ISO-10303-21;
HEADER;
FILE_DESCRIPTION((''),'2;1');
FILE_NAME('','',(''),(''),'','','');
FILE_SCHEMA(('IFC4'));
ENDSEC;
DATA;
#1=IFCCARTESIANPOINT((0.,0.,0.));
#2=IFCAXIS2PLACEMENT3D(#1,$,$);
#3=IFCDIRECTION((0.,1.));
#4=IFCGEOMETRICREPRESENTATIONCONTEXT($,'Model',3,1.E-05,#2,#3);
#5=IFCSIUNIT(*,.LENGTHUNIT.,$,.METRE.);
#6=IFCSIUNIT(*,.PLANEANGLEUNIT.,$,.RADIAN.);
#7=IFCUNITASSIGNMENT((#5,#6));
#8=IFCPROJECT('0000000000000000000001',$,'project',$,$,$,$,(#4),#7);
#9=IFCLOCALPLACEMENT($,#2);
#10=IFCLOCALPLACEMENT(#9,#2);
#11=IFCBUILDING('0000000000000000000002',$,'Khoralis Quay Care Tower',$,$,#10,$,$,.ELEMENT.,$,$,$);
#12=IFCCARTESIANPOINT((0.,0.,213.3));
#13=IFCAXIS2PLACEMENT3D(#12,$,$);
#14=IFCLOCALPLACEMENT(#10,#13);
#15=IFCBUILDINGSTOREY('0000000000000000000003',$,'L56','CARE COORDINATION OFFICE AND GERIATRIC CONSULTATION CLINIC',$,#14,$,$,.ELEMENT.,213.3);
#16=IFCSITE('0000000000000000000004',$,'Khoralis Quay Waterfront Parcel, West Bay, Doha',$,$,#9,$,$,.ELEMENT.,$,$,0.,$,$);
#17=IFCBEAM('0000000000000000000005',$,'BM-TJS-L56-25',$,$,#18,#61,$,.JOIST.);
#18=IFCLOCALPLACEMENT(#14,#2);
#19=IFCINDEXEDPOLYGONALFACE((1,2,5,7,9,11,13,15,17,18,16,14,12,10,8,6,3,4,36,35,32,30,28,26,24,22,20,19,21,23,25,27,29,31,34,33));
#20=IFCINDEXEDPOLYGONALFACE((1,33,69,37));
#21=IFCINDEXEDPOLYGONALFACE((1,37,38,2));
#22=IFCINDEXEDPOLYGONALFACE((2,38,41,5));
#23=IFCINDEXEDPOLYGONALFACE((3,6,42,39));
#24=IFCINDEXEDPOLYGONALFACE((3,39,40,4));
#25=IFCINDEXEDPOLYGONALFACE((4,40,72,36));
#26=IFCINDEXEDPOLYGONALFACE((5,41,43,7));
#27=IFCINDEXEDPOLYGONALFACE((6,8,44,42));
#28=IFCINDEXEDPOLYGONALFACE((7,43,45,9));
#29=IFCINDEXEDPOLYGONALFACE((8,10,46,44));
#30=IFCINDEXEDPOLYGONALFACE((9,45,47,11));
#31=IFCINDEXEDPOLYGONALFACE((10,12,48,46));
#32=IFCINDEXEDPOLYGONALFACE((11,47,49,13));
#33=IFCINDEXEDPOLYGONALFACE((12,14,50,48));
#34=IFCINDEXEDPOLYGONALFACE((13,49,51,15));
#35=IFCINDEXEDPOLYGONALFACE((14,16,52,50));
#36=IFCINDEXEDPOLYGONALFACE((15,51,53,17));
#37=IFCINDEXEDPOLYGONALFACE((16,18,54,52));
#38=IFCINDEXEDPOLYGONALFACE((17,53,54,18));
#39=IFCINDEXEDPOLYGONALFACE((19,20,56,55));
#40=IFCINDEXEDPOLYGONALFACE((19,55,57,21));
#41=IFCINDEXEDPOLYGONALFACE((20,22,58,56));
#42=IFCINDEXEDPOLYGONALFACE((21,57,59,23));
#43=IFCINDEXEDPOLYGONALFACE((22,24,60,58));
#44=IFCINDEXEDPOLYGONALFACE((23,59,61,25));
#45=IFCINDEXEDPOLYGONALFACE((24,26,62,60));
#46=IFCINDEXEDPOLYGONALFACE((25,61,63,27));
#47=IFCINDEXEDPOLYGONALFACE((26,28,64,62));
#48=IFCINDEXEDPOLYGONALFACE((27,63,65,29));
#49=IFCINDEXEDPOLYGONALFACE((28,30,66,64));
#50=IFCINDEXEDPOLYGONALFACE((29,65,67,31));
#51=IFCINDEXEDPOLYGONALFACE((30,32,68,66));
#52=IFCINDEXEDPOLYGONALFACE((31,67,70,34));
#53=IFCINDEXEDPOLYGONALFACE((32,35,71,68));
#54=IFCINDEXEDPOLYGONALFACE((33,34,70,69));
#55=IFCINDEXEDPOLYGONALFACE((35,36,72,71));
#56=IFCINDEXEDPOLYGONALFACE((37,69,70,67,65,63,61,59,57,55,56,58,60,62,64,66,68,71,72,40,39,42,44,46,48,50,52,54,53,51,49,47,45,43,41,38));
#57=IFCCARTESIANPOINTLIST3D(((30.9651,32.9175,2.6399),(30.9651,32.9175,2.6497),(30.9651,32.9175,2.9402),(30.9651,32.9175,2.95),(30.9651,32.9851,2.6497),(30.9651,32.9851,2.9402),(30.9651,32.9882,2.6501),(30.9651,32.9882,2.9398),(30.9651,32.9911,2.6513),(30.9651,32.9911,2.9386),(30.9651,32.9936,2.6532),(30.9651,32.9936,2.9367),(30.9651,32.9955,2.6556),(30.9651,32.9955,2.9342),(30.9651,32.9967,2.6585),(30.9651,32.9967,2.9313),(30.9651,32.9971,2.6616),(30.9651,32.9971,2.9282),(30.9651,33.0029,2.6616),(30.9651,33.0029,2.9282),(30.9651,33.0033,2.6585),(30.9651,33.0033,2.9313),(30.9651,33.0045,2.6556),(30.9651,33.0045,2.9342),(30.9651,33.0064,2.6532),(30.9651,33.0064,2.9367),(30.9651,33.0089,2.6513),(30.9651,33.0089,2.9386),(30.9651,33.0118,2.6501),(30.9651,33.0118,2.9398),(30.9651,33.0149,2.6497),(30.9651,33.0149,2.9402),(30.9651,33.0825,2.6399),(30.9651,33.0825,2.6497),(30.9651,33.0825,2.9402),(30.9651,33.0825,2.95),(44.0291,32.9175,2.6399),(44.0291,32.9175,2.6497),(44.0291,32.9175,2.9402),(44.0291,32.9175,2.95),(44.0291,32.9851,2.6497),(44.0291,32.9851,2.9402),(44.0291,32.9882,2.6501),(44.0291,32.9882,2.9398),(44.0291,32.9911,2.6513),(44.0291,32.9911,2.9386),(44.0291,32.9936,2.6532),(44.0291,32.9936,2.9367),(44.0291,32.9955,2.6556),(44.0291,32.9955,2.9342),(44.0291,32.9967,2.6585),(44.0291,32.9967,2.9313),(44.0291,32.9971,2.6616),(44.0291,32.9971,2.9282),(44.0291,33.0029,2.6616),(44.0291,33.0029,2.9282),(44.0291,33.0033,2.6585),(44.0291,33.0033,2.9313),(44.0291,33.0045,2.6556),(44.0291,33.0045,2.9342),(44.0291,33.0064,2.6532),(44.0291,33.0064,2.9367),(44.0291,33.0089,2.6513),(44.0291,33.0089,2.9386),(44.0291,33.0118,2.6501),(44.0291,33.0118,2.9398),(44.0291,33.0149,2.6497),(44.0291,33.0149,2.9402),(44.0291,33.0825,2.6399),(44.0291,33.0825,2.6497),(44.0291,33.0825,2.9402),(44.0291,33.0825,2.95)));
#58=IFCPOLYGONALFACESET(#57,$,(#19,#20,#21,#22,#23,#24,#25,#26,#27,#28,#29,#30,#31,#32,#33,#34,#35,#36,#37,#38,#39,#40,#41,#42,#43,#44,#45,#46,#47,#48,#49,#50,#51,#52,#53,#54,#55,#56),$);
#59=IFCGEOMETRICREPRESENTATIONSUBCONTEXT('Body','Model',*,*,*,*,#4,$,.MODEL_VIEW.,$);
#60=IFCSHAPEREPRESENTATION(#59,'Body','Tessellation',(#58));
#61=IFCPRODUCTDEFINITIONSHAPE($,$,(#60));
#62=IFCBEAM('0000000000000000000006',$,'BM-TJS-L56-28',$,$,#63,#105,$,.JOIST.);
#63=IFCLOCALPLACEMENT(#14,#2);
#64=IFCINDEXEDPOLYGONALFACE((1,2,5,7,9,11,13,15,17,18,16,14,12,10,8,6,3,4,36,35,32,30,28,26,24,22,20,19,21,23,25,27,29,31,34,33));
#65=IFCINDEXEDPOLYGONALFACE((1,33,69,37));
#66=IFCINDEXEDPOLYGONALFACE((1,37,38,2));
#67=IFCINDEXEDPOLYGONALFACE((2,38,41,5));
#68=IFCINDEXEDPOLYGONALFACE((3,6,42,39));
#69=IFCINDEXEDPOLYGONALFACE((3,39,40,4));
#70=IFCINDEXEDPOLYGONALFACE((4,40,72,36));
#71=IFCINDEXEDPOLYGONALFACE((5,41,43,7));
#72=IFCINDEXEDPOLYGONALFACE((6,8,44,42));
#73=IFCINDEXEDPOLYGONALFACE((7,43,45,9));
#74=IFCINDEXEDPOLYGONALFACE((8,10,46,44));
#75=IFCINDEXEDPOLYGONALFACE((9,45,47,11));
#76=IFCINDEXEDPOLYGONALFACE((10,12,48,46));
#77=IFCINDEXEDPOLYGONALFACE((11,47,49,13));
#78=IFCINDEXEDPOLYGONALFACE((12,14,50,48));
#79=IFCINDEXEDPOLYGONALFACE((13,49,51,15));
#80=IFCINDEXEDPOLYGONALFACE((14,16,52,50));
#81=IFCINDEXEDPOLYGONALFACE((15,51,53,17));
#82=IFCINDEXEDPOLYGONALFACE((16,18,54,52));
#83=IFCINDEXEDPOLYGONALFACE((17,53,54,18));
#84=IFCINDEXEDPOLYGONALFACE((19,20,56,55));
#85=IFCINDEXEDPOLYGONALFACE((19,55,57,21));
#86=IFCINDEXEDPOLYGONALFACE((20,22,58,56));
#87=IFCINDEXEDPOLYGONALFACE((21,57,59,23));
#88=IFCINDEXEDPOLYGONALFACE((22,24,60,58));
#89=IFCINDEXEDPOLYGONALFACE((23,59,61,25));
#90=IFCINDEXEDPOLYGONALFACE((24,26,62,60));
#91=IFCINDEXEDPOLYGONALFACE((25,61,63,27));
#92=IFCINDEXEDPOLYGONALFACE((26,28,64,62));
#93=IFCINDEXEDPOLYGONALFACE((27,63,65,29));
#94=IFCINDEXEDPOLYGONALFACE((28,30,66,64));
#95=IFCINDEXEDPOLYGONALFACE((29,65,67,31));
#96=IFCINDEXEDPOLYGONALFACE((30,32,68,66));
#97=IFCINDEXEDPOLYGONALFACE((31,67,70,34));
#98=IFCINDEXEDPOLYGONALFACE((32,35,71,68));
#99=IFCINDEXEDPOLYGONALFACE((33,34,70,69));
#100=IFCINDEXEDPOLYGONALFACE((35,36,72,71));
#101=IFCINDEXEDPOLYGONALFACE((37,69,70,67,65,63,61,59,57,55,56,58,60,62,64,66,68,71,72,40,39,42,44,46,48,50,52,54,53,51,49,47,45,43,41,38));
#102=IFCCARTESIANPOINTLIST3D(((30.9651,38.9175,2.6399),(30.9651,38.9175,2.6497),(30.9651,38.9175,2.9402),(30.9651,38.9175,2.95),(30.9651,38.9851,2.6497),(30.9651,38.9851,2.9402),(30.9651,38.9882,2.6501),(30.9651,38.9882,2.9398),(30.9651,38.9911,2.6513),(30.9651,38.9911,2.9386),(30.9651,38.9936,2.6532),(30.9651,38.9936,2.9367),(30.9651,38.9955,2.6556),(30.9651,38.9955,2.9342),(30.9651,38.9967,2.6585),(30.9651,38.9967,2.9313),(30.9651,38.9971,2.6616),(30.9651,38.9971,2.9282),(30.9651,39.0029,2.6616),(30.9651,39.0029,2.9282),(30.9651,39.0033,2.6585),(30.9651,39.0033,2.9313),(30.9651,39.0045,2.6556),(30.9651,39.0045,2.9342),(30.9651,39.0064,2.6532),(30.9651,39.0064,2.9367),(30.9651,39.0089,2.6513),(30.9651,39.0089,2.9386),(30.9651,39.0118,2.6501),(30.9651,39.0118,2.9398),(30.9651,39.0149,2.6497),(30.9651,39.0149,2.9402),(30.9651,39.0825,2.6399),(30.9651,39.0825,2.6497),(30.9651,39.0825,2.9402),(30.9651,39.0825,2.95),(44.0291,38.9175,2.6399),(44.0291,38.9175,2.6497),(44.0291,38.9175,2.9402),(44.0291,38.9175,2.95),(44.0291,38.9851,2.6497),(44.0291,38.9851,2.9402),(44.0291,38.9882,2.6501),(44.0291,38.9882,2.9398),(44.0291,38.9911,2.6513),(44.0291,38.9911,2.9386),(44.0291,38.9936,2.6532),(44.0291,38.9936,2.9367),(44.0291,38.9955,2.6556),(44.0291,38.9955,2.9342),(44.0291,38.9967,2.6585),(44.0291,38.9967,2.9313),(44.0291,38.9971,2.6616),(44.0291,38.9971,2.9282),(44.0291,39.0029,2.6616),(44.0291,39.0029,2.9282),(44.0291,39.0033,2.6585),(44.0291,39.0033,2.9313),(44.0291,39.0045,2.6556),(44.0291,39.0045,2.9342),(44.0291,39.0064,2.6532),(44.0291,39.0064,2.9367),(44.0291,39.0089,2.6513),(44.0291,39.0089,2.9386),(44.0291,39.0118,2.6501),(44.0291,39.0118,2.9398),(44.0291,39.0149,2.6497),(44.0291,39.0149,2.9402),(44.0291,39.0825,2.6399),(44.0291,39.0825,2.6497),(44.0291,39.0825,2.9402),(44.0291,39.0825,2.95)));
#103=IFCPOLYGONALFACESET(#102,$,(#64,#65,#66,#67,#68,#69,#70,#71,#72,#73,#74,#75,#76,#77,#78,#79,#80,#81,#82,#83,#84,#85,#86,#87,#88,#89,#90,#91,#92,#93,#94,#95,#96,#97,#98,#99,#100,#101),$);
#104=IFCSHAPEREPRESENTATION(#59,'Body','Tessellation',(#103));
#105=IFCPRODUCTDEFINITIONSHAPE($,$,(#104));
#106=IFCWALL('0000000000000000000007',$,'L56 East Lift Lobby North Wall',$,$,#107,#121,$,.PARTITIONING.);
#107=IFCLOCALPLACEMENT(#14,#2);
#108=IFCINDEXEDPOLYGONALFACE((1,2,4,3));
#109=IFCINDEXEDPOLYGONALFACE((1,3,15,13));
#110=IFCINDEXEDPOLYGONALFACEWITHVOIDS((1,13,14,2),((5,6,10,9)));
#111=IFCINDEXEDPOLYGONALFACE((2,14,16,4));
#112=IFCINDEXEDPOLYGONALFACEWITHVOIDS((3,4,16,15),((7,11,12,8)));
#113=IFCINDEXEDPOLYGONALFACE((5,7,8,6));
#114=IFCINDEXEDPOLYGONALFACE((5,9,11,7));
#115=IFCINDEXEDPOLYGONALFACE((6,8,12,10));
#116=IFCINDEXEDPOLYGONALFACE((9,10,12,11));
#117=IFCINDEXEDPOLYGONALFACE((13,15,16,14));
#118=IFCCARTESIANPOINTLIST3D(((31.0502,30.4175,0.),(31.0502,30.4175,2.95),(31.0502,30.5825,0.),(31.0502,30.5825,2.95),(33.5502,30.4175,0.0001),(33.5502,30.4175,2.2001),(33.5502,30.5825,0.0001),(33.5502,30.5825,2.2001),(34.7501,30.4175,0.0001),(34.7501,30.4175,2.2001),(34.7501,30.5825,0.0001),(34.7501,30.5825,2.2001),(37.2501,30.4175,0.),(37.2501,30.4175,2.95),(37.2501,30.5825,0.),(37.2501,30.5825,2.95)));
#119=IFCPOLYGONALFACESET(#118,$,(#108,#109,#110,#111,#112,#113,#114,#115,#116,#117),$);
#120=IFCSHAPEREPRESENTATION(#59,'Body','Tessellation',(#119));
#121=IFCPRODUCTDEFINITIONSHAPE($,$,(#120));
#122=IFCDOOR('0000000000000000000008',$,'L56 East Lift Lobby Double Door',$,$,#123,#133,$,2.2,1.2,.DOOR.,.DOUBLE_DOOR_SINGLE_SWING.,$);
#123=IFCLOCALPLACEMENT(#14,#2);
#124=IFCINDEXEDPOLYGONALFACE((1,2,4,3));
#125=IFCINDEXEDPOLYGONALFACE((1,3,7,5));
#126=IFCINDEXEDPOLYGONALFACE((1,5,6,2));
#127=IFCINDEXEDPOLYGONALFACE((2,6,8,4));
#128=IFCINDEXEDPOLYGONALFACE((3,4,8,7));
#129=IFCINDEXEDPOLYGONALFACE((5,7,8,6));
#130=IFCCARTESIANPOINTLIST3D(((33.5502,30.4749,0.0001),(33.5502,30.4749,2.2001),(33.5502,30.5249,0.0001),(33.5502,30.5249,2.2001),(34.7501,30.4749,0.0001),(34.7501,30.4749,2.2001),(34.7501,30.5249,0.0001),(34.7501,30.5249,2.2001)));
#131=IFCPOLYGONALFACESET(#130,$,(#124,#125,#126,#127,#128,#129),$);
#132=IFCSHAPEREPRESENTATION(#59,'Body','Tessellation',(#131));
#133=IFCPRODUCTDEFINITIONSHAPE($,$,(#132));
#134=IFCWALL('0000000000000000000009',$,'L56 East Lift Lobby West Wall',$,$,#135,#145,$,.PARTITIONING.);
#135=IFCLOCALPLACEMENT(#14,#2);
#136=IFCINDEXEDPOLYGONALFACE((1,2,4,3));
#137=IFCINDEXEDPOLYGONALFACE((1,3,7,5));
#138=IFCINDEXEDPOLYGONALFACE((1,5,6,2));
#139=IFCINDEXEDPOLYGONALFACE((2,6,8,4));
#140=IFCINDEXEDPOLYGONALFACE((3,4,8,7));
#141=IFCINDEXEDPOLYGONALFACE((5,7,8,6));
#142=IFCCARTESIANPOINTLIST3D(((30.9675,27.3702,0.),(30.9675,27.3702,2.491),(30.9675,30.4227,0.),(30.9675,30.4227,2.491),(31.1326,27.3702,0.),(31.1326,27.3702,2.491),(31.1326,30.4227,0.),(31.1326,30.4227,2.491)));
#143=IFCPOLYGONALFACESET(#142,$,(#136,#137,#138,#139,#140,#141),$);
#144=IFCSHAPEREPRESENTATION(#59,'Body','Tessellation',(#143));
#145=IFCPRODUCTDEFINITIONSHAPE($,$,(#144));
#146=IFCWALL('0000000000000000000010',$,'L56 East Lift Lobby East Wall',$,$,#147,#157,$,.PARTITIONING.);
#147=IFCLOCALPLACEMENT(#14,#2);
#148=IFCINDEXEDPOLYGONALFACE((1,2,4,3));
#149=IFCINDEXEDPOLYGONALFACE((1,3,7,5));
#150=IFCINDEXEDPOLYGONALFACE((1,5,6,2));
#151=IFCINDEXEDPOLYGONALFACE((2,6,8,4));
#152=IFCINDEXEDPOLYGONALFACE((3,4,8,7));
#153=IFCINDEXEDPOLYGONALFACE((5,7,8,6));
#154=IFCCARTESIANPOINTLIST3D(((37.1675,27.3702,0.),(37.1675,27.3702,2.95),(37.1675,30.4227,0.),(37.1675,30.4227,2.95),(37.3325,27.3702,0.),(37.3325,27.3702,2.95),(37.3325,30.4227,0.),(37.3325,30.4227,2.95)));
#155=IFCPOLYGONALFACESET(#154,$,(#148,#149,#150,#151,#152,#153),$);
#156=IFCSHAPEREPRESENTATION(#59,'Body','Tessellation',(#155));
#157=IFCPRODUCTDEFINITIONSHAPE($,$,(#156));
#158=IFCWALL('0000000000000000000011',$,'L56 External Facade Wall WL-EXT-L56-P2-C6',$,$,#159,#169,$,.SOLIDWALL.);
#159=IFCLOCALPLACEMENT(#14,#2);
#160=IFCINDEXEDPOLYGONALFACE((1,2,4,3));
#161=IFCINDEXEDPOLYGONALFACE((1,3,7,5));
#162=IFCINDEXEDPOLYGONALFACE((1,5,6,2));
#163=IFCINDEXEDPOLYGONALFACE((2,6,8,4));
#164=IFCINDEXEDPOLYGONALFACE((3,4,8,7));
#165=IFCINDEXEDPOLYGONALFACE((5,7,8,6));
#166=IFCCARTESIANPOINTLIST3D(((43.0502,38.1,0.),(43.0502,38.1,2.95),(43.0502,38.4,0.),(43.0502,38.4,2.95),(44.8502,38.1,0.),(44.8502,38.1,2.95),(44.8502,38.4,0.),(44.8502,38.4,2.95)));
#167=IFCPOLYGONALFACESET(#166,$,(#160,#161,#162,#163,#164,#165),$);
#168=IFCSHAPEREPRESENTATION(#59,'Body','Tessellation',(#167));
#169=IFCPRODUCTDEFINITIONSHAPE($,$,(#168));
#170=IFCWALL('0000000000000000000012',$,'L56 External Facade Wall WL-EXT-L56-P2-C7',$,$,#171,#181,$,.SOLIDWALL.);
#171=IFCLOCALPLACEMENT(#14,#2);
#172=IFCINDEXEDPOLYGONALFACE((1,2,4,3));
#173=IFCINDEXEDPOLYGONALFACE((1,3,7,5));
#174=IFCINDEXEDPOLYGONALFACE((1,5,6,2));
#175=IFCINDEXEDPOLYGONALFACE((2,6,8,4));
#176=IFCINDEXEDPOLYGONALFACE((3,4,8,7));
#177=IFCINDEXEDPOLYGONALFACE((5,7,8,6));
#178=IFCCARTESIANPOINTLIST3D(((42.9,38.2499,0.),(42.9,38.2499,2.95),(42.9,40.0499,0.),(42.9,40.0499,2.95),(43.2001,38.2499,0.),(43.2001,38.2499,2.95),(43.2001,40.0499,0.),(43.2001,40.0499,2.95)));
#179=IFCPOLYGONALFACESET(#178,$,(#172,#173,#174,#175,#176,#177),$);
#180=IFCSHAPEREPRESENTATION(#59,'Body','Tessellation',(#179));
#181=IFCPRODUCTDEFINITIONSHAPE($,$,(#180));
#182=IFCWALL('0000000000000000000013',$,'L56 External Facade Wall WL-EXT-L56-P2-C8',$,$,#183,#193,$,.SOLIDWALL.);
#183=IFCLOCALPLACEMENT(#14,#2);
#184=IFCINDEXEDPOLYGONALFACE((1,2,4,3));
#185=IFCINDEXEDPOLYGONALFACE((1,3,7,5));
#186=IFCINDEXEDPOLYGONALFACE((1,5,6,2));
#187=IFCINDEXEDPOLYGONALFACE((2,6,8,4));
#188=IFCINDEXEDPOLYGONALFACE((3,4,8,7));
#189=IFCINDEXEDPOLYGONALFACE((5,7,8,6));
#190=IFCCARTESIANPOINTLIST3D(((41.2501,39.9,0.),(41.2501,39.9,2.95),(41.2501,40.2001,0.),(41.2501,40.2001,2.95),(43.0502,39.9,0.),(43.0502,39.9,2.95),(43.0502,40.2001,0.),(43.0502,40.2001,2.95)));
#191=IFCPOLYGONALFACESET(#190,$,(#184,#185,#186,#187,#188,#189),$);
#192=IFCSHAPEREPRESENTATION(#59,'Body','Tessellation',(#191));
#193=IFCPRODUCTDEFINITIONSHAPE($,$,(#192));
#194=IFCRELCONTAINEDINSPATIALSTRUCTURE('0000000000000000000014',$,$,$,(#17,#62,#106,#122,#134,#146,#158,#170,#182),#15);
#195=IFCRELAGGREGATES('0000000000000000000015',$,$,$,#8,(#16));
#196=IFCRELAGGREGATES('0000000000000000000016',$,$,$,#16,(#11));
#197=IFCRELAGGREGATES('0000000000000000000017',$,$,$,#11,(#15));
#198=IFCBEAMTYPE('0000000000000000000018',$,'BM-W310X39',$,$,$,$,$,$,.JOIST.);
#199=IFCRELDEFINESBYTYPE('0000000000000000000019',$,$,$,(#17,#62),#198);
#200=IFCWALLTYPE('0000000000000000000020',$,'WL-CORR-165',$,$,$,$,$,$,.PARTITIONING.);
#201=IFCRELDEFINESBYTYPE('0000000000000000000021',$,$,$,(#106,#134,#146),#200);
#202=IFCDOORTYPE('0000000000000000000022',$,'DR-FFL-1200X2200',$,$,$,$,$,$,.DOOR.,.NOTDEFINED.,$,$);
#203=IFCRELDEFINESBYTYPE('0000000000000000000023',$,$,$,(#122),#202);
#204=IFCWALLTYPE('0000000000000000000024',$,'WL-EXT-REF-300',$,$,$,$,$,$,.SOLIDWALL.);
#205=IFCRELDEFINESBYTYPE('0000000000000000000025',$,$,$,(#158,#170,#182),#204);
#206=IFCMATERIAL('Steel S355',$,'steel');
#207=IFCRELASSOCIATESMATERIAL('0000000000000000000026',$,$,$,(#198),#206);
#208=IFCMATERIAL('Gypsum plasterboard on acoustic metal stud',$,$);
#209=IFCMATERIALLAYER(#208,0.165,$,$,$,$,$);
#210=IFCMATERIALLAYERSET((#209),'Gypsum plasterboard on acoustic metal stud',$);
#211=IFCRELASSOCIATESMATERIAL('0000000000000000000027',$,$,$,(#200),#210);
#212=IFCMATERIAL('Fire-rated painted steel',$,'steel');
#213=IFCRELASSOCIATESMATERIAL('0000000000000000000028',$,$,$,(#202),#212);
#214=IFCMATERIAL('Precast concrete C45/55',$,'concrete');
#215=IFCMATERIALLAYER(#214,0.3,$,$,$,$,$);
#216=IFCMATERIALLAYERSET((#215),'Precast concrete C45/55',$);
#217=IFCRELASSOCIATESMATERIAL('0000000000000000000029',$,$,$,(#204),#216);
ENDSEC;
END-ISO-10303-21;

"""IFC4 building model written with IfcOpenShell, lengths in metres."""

from ifc_helpers import new_model, si_unit, direction, frame, frame_2d, origin, origin_2d, place, context, subcontext, project, spatial, rectangle, i_section, extrude, source, transform, mapped, material, layer, layer_set, material_profile, profile_set, type_object, element, fill, save


model = new_model("IFC4")

# Units and contexts
model_context = context("Model", 3, precision=1e-05, world=origin(), true_north=direction((0.0, 1.0)))
body_context = subcontext(model_context, "Body", "Model", "MODEL_VIEW")
ifc_project = project(units=[si_unit("LENGTHUNIT", "METRE"), si_unit("PLANEANGLEUNIT", "RADIAN")], contexts=[model_context])

# Site, building, storey
site_placement = place(None, origin())
site = spatial("IfcSite", under=ifc_project, at=site_placement, Name="Khoralis Quay Waterfront Parcel, West Bay, Doha", CompositionType="ELEMENT", RefElevation=0.0)
building_placement = place(site_placement, origin())
building = spatial("IfcBuilding", under=site, at=building_placement, Name="Khoralis Quay Care Tower", CompositionType="ELEMENT")
storey_placement = place(building_placement, frame((0.0, 0.0, 213.3)))
storey = spatial("IfcBuildingStorey", under=building, at=storey_placement, Name="L56", Description="CARE COORDINATION OFFICE AND GERIATRIC CONSULTATION CLINIC", CompositionType="ELEMENT", Elevation=213.3)

# Beams
ifc_material_1 = material(Name="Steel S355", Category="steel")
ifc_material_profile_1 = material_profile(ifc_material_1, i_section(OverallWidth=0.165, OverallDepth=0.3101, WebThickness=0.0059, FlangeThickness=0.0098, FilletRadius=0.012, at=origin_2d()), Name="Steel S355")
ifc_profile_set_1 = profile_set([ifc_material_profile_1], Name="Steel S355")
beam_type_1 = type_object("IfcBeamType", Name="BM-W310X39", PredefinedType="JOIST", material=ifc_profile_set_1)
shared_shape_1 = source(origin(), body_context, "Body", "SweptSolid", [
    extrude(i_section(OverallWidth=0.165, OverallDepth=0.3101, WebThickness=0.0059, FlangeThickness=0.0098, FilletRadius=0.012, at=origin_2d()), origin(), (0.0, 0.0, 1.0), 13.064),
])
for number, where, z_axis, x_axis, name in (
    (1, (30.9651, 33.0, 2.7949), (1.0, 0.0, 0.0), (0.0, 1.0, 0.0), "BM-TJS-L56-25"),
    (2, (30.9651, 39.0, 2.7949), (1.0, 0.0, 0.0), (0.0, 1.0, 0.0), "BM-TJS-L56-28"),
):
    element("IfcBeam", number, at=place(storey_placement, frame(where, z_axis=z_axis, x_axis=x_axis)), inside=storey, type_object=beam_type_1, Name=name, PredefinedType="JOIST", context=body_context, shape_type="MappedRepresentation", body=[
        mapped(shared_shape_1, transform((0.0, 0.0, 0.0), scale=1.0)),
    ])

# Wall, opening, door
ifc_material_2 = material(Name="Gypsum plasterboard on acoustic metal stud")
ifc_layer_1 = layer(ifc_material_2, 0.165)
ifc_layer_set_1 = layer_set([ifc_layer_1], Name="Gypsum plasterboard on acoustic metal stud")
wall_type_1 = type_object("IfcWallType", Name="WL-CORR-165", PredefinedType="PARTITIONING", material=ifc_layer_set_1)
wall_1_placement = place(storey_placement, frame((31.05, 30.5, 0.0), z_axis=(0.0, 0.0, 1.0), x_axis=(1.0, 0.0, 0.0)))
wall_1 = element("IfcWall", 3, at=wall_1_placement, inside=storey, type_object=wall_type_1, Name="L56 East Lift Lobby North Wall", PredefinedType="PARTITIONING", context=body_context, shape_type="SweptSolid", body=[
    extrude(rectangle(XDim=6.2, YDim=0.165, at=frame_2d((3.1001, 0.0))), origin(), (0.0, 0.0, 1.0), 2.95),
])
opening_1_placement = place(wall_1_placement, frame((2.5, 0.0, 0.0)))
opening_1 = element("IfcOpeningElement", 4, at=opening_1_placement, cuts=wall_1, PredefinedType="OPENING", context=body_context, shape_type="SweptSolid", body=[
    extrude(rectangle(XDim=1.2, YDim=2.2, at=frame_2d((0.6001, 1.1001))), frame((0.0, 0.0925, 0.0), z_axis=(0.0, -1.0, 0.0), x_axis=(1.0, 0.0, 0.0)), (0.0, 0.0, 1.0), 0.1851),
])
ifc_material_3 = material(Name="Fire-rated painted steel", Category="steel")
door_type = type_object("IfcDoorType", Name="DR-FFL-1200X2200", OperationType="NOTDEFINED", PredefinedType="DOOR", material=ifc_material_3)
shared_shape_2 = source(origin(), body_context, "Body", "SweptSolid", [
    extrude(rectangle(XDim=1.2, YDim=2.2, at=frame_2d((0.6001, 1.1001))), frame((0.0, 0.0249, 0.0), z_axis=(0.0, -1.0, 0.0), x_axis=(1.0, 0.0, 0.0)), (0.0, 0.0, 1.0), 0.05),
])
door_placement = place(opening_1_placement, origin())
door = element("IfcDoor", 5, at=door_placement, inside=storey, type_object=door_type, Name="L56 East Lift Lobby Double Door", OperationType="DOUBLE_DOOR_SINGLE_SWING", OverallHeight=2.2, OverallWidth=1.2, PredefinedType="DOOR", context=body_context, shape_type="MappedRepresentation", body=[
    mapped(shared_shape_2, transform((0.0, 0.0, 0.0), scale=1.0)),
])
fill(opening_1, door)

# Walls
wall_2_placement = place(storey_placement, frame((31.05, 27.3701, 0.0), z_axis=(0.0, 0.0, 1.0), x_axis=(0.0, 1.0, 0.0)))
element("IfcWall", 6, at=wall_2_placement, inside=storey, type_object=wall_type_1, Name="L56 East Lift Lobby West Wall", PredefinedType="PARTITIONING", context=body_context, shape_type="SweptSolid", body=[
    extrude(rectangle(XDim=3.0525, YDim=0.165, at=frame_2d((1.5264, 0.0))), origin(), (0.0, 0.0, 1.0), 2.491),
])
wall_3_placement = place(storey_placement, frame((37.25, 27.3701, 0.0), z_axis=(0.0, 0.0, 1.0), x_axis=(0.0, 1.0, 0.0)))
element("IfcWall", 7, at=wall_3_placement, inside=storey, type_object=wall_type_1, Name="L56 East Lift Lobby East Wall", PredefinedType="PARTITIONING", context=body_context, shape_type="SweptSolid", body=[
    extrude(rectangle(XDim=3.0525, YDim=0.165, at=frame_2d((1.5264, 0.0))), origin(), (0.0, 0.0, 1.0), 2.95),
])
ifc_material_4 = material(Name="Precast concrete C45/55", Category="concrete")
ifc_layer_2 = layer(ifc_material_4, 0.3)
ifc_layer_set_2 = layer_set([ifc_layer_2], Name="Precast concrete C45/55")
wall_type_2 = type_object("IfcWallType", Name="WL-EXT-REF-300", PredefinedType="SOLIDWALL", material=ifc_layer_set_2)
for number, where, z_axis, x_axis, name in (
    (8, (44.8501, 38.25, 0.0), (0.0, 0.0, 1.0), (-1.0, 0.0, 0.0), "L56 External Facade Wall WL-EXT-L56-P2-C6"),
    (9, (43.05, 38.25, 0.0), (0.0, 0.0, 1.0), (0.0, 1.0, 0.0), "L56 External Facade Wall WL-EXT-L56-P2-C7"),
    (10, (43.05, 40.05, 0.0), (0.0, 0.0, 1.0), (-1.0, 0.0, 0.0), "L56 External Facade Wall WL-EXT-L56-P2-C8"),
):
    element("IfcWall", number, at=place(storey_placement, frame(where, z_axis=z_axis, x_axis=x_axis)), inside=storey, type_object=wall_type_2, Name=name, PredefinedType="SOLIDWALL", context=body_context, shape_type="SweptSolid", body=[
        extrude(rectangle(XDim=1.8, YDim=0.3, at=frame_2d((0.8999, 0.0))), origin(), (0.0, 0.0, 1.0), 2.95),
    ])

save(model, "model.ifc")
